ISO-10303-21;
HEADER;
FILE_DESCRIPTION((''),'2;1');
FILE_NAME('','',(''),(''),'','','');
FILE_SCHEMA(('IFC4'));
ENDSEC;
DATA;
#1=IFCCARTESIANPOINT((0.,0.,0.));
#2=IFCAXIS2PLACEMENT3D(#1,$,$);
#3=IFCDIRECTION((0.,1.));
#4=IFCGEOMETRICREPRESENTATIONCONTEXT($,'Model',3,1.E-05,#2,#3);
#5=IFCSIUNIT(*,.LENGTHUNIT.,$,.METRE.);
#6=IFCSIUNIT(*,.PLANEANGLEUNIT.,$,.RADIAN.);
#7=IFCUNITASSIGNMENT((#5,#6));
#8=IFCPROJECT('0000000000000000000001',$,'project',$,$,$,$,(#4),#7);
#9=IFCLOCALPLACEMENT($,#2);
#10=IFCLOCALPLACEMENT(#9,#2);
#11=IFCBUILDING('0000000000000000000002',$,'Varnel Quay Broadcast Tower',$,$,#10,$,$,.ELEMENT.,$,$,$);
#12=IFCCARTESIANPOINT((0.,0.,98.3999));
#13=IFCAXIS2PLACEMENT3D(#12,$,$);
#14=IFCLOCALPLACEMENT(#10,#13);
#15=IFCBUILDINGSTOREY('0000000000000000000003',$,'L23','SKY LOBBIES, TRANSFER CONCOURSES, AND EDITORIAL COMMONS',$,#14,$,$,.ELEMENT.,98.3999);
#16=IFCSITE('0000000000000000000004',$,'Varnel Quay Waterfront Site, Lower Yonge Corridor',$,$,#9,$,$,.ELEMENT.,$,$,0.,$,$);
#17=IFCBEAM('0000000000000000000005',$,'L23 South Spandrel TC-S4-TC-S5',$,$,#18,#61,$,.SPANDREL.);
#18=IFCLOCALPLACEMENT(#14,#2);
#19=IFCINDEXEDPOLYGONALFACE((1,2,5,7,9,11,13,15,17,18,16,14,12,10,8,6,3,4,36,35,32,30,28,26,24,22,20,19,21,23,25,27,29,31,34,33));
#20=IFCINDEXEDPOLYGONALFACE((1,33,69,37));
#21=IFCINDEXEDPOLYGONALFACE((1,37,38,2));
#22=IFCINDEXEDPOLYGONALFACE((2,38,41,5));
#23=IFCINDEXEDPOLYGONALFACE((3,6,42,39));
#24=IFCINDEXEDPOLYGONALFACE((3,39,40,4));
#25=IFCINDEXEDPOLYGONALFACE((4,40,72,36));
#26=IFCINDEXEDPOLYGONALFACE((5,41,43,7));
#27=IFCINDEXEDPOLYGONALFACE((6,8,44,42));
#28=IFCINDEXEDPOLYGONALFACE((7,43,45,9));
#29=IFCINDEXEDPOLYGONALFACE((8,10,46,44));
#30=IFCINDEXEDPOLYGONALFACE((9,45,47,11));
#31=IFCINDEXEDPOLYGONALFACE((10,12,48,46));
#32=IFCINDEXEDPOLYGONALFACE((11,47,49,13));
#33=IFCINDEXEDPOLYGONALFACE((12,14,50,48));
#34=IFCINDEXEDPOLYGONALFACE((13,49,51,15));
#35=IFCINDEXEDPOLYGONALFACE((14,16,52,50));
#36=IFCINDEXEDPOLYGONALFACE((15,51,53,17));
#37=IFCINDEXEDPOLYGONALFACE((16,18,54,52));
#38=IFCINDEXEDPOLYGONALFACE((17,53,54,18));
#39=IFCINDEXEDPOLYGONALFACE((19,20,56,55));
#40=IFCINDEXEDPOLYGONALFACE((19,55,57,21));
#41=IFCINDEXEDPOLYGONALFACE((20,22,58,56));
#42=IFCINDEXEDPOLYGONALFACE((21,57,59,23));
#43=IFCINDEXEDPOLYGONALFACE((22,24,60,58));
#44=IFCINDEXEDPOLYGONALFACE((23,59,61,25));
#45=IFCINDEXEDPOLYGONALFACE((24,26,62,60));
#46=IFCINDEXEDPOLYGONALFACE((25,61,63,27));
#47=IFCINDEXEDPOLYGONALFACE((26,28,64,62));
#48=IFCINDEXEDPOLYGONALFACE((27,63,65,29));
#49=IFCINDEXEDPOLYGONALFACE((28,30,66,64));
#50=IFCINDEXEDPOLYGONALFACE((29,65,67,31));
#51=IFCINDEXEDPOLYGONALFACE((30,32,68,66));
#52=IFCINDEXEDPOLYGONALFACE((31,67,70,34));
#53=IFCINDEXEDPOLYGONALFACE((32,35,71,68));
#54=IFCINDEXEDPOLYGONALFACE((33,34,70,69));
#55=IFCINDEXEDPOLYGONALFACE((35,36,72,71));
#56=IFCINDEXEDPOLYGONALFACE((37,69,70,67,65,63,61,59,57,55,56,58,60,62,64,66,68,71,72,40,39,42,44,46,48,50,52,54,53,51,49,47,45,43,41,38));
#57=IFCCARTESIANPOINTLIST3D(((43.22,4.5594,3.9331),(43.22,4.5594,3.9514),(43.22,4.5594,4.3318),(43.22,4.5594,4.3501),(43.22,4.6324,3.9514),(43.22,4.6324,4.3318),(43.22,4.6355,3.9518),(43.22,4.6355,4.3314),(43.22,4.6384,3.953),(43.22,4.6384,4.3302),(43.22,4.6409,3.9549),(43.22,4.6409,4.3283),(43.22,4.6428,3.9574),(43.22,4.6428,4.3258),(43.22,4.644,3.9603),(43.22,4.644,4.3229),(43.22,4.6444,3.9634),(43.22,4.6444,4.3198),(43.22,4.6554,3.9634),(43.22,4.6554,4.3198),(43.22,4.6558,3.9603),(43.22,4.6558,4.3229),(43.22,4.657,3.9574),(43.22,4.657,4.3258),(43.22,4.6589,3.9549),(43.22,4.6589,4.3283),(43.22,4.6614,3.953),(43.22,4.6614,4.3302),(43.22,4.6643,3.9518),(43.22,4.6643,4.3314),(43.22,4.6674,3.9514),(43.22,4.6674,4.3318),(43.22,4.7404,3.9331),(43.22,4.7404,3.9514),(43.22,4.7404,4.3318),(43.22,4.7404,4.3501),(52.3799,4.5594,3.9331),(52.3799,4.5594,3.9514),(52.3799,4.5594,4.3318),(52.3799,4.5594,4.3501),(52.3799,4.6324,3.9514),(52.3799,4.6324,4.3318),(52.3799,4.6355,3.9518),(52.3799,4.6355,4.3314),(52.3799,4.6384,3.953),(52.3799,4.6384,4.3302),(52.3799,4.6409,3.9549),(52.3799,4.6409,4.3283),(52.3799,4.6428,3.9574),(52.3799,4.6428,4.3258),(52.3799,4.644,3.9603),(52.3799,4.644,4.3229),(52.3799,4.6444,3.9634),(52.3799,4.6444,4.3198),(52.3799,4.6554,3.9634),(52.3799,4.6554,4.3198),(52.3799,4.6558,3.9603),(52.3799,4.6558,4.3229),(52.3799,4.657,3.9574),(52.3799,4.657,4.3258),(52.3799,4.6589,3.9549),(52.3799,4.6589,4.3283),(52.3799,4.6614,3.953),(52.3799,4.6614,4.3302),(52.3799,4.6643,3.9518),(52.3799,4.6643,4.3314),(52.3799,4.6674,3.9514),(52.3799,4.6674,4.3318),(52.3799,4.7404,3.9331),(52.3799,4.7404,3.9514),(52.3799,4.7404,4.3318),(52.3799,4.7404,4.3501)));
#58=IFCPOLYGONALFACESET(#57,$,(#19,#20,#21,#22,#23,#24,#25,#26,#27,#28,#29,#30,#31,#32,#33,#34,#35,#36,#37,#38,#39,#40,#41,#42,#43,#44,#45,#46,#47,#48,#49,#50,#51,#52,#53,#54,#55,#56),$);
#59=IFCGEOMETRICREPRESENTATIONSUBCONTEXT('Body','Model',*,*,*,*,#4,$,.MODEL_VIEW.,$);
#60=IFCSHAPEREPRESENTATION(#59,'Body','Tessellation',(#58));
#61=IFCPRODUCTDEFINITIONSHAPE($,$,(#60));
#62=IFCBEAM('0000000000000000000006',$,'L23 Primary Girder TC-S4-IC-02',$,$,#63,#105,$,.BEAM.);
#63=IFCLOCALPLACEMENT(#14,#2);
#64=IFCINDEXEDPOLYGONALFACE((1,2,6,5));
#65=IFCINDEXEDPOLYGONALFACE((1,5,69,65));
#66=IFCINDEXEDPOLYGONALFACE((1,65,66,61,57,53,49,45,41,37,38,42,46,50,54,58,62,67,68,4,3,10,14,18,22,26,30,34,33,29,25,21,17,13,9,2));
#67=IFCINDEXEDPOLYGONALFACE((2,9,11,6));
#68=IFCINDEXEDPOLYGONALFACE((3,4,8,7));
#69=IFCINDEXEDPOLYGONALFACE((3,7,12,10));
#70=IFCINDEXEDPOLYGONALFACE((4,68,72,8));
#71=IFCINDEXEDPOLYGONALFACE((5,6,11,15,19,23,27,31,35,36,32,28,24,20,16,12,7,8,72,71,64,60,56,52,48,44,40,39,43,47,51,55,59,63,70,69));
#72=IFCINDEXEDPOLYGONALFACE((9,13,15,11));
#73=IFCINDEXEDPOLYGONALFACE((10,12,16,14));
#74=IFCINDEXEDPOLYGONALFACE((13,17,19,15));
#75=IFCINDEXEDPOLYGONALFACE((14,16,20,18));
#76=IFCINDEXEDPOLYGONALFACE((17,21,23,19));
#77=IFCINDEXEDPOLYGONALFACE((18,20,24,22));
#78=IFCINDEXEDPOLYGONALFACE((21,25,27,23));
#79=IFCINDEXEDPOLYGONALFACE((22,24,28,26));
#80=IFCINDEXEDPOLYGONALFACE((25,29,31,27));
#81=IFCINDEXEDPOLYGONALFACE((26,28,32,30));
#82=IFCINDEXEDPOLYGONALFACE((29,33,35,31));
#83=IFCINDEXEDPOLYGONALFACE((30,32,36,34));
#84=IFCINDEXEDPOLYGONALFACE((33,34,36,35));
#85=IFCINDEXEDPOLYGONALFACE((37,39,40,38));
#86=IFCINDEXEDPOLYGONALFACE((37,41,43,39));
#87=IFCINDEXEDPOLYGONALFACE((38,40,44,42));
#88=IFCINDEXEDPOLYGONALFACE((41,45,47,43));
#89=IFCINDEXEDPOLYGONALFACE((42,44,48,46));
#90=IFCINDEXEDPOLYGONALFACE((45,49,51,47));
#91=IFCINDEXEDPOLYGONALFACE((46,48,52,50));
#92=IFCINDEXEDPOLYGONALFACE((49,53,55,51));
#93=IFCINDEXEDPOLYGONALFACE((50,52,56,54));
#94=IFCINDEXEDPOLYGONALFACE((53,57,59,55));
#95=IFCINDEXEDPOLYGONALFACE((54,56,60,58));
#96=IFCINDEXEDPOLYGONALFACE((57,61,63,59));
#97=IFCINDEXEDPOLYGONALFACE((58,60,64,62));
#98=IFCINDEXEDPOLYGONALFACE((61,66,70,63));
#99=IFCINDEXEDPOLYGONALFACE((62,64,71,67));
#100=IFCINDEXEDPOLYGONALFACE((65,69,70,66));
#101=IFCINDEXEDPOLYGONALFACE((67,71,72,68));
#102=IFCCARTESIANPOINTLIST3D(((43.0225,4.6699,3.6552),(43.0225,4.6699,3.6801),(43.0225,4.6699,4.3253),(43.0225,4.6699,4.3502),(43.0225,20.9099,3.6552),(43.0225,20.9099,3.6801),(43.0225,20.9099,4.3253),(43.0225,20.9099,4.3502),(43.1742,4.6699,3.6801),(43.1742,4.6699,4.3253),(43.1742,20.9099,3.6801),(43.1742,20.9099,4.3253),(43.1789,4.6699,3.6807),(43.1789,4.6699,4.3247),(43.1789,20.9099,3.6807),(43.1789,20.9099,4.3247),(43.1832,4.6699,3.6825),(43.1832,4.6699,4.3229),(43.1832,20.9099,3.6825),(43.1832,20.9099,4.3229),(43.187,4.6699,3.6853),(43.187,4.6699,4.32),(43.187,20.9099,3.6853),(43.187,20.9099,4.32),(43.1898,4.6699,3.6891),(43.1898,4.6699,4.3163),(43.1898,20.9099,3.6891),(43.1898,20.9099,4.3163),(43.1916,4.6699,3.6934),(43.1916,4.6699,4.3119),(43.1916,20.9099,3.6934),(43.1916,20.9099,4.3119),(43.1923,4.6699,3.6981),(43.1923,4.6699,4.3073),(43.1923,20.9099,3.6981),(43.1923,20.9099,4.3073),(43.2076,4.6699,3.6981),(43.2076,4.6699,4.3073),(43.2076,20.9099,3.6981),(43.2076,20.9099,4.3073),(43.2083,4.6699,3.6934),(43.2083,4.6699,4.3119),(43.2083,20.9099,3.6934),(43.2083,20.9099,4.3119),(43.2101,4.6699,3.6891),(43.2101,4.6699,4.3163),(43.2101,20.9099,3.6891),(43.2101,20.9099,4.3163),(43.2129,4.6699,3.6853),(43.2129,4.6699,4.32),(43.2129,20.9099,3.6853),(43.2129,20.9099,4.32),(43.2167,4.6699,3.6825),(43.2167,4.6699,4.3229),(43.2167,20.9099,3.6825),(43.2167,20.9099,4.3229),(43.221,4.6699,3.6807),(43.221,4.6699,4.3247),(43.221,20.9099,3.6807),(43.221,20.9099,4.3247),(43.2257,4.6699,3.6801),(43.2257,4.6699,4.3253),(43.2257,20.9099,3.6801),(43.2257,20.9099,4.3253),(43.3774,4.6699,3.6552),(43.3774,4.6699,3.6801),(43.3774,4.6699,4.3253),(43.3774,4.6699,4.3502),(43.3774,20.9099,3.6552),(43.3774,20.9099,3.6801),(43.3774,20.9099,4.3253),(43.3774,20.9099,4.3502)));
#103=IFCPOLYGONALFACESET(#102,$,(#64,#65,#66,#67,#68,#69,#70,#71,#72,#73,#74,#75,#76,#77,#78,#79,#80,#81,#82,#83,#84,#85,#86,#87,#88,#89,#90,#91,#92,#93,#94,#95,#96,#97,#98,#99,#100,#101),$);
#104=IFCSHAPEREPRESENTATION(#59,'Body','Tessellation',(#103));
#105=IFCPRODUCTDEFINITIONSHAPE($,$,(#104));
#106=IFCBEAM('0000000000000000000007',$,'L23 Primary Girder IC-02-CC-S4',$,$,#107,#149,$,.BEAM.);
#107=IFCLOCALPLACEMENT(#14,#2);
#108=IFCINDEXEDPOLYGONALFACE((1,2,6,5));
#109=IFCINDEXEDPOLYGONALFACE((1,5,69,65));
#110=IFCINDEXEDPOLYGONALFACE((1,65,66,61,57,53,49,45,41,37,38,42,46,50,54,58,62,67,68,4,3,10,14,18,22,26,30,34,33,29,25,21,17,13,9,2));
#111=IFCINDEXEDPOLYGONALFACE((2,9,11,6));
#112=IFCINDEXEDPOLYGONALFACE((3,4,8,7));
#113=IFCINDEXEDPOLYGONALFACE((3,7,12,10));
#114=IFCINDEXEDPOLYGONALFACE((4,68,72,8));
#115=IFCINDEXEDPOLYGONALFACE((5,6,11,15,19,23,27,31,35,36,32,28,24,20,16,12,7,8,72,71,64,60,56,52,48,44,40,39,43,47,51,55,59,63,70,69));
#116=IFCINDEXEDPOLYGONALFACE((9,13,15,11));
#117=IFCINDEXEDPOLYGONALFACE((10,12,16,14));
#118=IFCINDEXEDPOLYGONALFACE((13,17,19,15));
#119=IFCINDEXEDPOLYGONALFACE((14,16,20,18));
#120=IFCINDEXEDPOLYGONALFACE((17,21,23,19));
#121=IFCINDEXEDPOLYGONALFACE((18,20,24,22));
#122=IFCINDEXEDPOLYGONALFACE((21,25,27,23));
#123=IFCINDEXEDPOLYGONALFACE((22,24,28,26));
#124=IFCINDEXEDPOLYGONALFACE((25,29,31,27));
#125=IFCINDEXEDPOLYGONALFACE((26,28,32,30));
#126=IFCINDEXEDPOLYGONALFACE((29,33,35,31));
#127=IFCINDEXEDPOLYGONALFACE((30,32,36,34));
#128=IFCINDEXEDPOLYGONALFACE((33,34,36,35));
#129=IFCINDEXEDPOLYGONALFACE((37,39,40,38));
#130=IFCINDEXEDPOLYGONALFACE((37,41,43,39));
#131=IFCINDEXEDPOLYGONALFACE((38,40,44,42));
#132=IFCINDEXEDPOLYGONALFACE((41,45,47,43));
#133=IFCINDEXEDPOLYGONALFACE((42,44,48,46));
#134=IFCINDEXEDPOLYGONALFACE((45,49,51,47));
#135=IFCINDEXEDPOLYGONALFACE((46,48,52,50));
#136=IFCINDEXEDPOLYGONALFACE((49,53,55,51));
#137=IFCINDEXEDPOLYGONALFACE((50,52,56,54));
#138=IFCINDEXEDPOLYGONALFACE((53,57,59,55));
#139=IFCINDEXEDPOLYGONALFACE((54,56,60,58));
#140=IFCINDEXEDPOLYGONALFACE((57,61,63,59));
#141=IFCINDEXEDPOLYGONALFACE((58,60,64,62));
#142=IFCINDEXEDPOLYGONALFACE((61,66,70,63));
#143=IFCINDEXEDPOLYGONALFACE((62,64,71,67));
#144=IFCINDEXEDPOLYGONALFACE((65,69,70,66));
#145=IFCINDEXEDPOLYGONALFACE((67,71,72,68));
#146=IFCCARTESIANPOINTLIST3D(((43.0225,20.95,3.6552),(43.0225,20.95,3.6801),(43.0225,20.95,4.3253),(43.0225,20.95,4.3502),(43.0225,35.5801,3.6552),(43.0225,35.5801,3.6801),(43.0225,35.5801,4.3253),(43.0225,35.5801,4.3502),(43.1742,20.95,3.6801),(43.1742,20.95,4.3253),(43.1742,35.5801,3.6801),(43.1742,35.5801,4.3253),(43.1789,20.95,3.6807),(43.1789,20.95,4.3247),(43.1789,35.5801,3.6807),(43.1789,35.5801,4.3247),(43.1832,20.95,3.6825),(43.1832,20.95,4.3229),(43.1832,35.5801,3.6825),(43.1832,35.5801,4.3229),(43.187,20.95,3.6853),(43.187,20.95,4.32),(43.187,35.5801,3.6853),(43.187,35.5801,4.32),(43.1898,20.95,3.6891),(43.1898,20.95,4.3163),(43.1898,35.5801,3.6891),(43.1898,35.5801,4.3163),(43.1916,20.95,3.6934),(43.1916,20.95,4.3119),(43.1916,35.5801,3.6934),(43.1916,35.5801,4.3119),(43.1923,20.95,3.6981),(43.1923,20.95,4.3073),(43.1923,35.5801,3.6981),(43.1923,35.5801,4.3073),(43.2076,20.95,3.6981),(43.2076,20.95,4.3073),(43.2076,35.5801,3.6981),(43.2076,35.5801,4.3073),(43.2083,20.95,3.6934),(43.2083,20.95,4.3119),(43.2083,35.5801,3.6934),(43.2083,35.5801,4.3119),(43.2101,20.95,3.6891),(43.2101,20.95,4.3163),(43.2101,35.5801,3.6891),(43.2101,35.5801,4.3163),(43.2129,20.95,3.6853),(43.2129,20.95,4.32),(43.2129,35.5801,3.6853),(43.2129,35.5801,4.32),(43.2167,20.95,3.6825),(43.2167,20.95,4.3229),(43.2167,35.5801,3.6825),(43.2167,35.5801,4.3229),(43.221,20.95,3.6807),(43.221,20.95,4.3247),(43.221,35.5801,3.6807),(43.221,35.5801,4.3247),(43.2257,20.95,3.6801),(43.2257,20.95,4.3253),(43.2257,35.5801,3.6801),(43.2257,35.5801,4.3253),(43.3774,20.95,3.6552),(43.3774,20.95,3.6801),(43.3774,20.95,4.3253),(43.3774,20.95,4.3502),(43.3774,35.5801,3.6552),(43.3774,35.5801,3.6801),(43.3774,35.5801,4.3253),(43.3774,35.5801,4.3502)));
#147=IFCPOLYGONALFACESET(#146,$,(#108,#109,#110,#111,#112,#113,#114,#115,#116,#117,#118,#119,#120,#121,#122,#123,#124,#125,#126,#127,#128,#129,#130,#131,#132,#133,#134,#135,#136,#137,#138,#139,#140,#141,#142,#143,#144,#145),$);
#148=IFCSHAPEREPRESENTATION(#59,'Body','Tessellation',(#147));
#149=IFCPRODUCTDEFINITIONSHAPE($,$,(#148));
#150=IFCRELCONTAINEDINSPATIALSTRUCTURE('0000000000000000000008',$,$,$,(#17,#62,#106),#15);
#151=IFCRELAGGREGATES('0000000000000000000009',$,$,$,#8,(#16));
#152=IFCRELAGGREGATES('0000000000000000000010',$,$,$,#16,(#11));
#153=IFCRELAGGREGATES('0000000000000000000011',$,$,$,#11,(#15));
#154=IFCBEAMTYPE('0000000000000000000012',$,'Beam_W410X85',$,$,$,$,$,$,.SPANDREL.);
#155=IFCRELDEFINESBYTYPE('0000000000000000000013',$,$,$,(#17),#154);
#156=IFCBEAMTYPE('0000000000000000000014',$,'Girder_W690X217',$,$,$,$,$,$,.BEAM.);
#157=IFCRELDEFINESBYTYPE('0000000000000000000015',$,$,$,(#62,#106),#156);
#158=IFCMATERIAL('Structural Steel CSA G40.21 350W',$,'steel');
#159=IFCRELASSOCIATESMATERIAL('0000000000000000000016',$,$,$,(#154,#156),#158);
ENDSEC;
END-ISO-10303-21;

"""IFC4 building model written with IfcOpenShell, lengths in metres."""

from ifc_helpers import new_model, si_unit, direction, frame, origin, origin_2d, place, context, subcontext, project, spatial, i_section, extrude, source, transform, mapped, material, material_profile, profile_set, type_object, type_shapes, element, save


model = new_model("IFC4")

# Units and contexts
model_context = context("Model", 3, precision=1e-05, world=origin(), true_north=direction((0.0, 1.0)))
body_context = subcontext(model_context, "Body", "Model", "MODEL_VIEW")
ifc_project = project(units=[si_unit("LENGTHUNIT", "METRE"), si_unit("PLANEANGLEUNIT", "RADIAN")], contexts=[model_context])

# Site, building, storey
site_placement = place(None, origin())
site = spatial("IfcSite", under=ifc_project, at=site_placement, Name="Varnel Quay Waterfront Site, Lower Yonge Corridor", CompositionType="ELEMENT", RefElevation=0.0)
building_placement = place(site_placement, origin())
building = spatial("IfcBuilding", under=site, at=building_placement, Name="Varnel Quay Broadcast Tower", CompositionType="ELEMENT")
storey_placement = place(building_placement, frame((0.0, 0.0, 98.3999)))
storey = spatial("IfcBuildingStorey", under=building, at=storey_placement, Name="L23", Description="SKY LOBBIES, TRANSFER CONCOURSES, AND EDITORIAL COMMONS", CompositionType="ELEMENT", Elevation=98.3999)

# Shared definitions
ifc_material_1 = material(Name="Structural Steel CSA G40.21 350W", Category="steel")

# Beams
ifc_material_profile_1 = material_profile(ifc_material_1, i_section(OverallWidth=0.1809, OverallDepth=0.417, WebThickness=0.011, FlangeThickness=0.0183, FilletRadius=0.012, at=origin_2d()), Name="W410X85")
ifc_profile_set_1 = profile_set([ifc_material_profile_1], Name="Structural Steel CSA G40.21 350W")
beam_type_1 = type_object("IfcBeamType", Name="Beam_W410X85", PredefinedType="SPANDREL", material=ifc_profile_set_1)
shared_shape_1 = source(origin(), body_context, "Body", "SweptSolid", [
    extrude(i_section(OverallWidth=0.1809, OverallDepth=0.417, WebThickness=0.011, FlangeThickness=0.0183, FilletRadius=0.012, at=origin_2d()), origin(), (0.0, 0.0, 1.0), 9.1599),
])
type_shapes(beam_type_1, [shared_shape_1])
for number, where, z_axis, x_axis, name in (
    (1, (43.22, 4.6499, 4.1416), (1.0, 0.0, 0.0), (0.0, 1.0, 0.0), "L23 South Spandrel TC-S4-TC-S5"),
):
    element("IfcBeam", number, at=place(storey_placement, frame(where, z_axis=z_axis, x_axis=x_axis)), inside=storey, type_object=beam_type_1, Name=name, PredefinedType="SPANDREL", context=body_context, shape_type="MappedRepresentation", body=[
        mapped(shared_shape_1, transform((0.0, 0.0, 0.0), x_axis=(1.0, 0.0, 0.0), y_axis=(0.0, 1.0, 0.0), z_axis=(0.0, 0.0, 1.0), scale=1.0)),
    ])
ifc_material_profile_2 = material_profile(ifc_material_1, i_section(OverallWidth=0.355, OverallDepth=0.6951, WebThickness=0.0154, FlangeThickness=0.0249, FilletRadius=0.0181, at=origin_2d()), Name="W690X217")
ifc_profile_set_2 = profile_set([ifc_material_profile_2], Name="Structural Steel CSA G40.21 350W")
beam_type_2 = type_object("IfcBeamType", Name="Girder_W690X217", PredefinedType="BEAM", material=ifc_profile_set_2)
shared_shape_2 = source(origin(), body_context, "Body", "SweptSolid", [
    extrude(i_section(OverallWidth=0.355, OverallDepth=0.6951, WebThickness=0.0154, FlangeThickness=0.0249, FilletRadius=0.0181, at=origin_2d()), origin(), (0.0, 0.0, 1.0), 16.24),
])
beam_1_placement = place(storey_placement, frame((43.2, 4.6699, 4.0027), z_axis=(0.0, 1.0, 0.0), x_axis=(-1.0, 0.0, 0.0)))
element("IfcBeam", 2, at=beam_1_placement, inside=storey, type_object=beam_type_2, Name="L23 Primary Girder TC-S4-IC-02", PredefinedType="BEAM", context=body_context, shape_type="MappedRepresentation", body=[
    mapped(shared_shape_2, transform((0.0, 0.0, 0.0), x_axis=(1.0, 0.0, 0.0), y_axis=(0.0, 1.0, 0.0), z_axis=(0.0, 0.0, 1.0), scale=1.0)),
])
shared_shape_3 = source(origin(), body_context, "Body", "SweptSolid", [
    extrude(i_section(OverallWidth=0.355, OverallDepth=0.6951, WebThickness=0.0154, FlangeThickness=0.0249, FilletRadius=0.0181, at=origin_2d()), origin(), (0.0, 0.0, 1.0), 14.6301),
])
beam_2_placement = place(storey_placement, frame((43.2, 20.95, 4.0027), z_axis=(0.0, 1.0, 0.0), x_axis=(-1.0, 0.0, 0.0)))
element("IfcBeam", 3, at=beam_2_placement, inside=storey, type_object=beam_type_2, Name="L23 Primary Girder IC-02-CC-S4", PredefinedType="BEAM", context=body_context, shape_type="MappedRepresentation", body=[
    mapped(shared_shape_3, transform((0.0, 0.0, 0.0), x_axis=(1.0, 0.0, 0.0), y_axis=(0.0, 1.0, 0.0), z_axis=(0.0, 0.0, 1.0), scale=1.0)),
])

save(model, "model.ifc")
